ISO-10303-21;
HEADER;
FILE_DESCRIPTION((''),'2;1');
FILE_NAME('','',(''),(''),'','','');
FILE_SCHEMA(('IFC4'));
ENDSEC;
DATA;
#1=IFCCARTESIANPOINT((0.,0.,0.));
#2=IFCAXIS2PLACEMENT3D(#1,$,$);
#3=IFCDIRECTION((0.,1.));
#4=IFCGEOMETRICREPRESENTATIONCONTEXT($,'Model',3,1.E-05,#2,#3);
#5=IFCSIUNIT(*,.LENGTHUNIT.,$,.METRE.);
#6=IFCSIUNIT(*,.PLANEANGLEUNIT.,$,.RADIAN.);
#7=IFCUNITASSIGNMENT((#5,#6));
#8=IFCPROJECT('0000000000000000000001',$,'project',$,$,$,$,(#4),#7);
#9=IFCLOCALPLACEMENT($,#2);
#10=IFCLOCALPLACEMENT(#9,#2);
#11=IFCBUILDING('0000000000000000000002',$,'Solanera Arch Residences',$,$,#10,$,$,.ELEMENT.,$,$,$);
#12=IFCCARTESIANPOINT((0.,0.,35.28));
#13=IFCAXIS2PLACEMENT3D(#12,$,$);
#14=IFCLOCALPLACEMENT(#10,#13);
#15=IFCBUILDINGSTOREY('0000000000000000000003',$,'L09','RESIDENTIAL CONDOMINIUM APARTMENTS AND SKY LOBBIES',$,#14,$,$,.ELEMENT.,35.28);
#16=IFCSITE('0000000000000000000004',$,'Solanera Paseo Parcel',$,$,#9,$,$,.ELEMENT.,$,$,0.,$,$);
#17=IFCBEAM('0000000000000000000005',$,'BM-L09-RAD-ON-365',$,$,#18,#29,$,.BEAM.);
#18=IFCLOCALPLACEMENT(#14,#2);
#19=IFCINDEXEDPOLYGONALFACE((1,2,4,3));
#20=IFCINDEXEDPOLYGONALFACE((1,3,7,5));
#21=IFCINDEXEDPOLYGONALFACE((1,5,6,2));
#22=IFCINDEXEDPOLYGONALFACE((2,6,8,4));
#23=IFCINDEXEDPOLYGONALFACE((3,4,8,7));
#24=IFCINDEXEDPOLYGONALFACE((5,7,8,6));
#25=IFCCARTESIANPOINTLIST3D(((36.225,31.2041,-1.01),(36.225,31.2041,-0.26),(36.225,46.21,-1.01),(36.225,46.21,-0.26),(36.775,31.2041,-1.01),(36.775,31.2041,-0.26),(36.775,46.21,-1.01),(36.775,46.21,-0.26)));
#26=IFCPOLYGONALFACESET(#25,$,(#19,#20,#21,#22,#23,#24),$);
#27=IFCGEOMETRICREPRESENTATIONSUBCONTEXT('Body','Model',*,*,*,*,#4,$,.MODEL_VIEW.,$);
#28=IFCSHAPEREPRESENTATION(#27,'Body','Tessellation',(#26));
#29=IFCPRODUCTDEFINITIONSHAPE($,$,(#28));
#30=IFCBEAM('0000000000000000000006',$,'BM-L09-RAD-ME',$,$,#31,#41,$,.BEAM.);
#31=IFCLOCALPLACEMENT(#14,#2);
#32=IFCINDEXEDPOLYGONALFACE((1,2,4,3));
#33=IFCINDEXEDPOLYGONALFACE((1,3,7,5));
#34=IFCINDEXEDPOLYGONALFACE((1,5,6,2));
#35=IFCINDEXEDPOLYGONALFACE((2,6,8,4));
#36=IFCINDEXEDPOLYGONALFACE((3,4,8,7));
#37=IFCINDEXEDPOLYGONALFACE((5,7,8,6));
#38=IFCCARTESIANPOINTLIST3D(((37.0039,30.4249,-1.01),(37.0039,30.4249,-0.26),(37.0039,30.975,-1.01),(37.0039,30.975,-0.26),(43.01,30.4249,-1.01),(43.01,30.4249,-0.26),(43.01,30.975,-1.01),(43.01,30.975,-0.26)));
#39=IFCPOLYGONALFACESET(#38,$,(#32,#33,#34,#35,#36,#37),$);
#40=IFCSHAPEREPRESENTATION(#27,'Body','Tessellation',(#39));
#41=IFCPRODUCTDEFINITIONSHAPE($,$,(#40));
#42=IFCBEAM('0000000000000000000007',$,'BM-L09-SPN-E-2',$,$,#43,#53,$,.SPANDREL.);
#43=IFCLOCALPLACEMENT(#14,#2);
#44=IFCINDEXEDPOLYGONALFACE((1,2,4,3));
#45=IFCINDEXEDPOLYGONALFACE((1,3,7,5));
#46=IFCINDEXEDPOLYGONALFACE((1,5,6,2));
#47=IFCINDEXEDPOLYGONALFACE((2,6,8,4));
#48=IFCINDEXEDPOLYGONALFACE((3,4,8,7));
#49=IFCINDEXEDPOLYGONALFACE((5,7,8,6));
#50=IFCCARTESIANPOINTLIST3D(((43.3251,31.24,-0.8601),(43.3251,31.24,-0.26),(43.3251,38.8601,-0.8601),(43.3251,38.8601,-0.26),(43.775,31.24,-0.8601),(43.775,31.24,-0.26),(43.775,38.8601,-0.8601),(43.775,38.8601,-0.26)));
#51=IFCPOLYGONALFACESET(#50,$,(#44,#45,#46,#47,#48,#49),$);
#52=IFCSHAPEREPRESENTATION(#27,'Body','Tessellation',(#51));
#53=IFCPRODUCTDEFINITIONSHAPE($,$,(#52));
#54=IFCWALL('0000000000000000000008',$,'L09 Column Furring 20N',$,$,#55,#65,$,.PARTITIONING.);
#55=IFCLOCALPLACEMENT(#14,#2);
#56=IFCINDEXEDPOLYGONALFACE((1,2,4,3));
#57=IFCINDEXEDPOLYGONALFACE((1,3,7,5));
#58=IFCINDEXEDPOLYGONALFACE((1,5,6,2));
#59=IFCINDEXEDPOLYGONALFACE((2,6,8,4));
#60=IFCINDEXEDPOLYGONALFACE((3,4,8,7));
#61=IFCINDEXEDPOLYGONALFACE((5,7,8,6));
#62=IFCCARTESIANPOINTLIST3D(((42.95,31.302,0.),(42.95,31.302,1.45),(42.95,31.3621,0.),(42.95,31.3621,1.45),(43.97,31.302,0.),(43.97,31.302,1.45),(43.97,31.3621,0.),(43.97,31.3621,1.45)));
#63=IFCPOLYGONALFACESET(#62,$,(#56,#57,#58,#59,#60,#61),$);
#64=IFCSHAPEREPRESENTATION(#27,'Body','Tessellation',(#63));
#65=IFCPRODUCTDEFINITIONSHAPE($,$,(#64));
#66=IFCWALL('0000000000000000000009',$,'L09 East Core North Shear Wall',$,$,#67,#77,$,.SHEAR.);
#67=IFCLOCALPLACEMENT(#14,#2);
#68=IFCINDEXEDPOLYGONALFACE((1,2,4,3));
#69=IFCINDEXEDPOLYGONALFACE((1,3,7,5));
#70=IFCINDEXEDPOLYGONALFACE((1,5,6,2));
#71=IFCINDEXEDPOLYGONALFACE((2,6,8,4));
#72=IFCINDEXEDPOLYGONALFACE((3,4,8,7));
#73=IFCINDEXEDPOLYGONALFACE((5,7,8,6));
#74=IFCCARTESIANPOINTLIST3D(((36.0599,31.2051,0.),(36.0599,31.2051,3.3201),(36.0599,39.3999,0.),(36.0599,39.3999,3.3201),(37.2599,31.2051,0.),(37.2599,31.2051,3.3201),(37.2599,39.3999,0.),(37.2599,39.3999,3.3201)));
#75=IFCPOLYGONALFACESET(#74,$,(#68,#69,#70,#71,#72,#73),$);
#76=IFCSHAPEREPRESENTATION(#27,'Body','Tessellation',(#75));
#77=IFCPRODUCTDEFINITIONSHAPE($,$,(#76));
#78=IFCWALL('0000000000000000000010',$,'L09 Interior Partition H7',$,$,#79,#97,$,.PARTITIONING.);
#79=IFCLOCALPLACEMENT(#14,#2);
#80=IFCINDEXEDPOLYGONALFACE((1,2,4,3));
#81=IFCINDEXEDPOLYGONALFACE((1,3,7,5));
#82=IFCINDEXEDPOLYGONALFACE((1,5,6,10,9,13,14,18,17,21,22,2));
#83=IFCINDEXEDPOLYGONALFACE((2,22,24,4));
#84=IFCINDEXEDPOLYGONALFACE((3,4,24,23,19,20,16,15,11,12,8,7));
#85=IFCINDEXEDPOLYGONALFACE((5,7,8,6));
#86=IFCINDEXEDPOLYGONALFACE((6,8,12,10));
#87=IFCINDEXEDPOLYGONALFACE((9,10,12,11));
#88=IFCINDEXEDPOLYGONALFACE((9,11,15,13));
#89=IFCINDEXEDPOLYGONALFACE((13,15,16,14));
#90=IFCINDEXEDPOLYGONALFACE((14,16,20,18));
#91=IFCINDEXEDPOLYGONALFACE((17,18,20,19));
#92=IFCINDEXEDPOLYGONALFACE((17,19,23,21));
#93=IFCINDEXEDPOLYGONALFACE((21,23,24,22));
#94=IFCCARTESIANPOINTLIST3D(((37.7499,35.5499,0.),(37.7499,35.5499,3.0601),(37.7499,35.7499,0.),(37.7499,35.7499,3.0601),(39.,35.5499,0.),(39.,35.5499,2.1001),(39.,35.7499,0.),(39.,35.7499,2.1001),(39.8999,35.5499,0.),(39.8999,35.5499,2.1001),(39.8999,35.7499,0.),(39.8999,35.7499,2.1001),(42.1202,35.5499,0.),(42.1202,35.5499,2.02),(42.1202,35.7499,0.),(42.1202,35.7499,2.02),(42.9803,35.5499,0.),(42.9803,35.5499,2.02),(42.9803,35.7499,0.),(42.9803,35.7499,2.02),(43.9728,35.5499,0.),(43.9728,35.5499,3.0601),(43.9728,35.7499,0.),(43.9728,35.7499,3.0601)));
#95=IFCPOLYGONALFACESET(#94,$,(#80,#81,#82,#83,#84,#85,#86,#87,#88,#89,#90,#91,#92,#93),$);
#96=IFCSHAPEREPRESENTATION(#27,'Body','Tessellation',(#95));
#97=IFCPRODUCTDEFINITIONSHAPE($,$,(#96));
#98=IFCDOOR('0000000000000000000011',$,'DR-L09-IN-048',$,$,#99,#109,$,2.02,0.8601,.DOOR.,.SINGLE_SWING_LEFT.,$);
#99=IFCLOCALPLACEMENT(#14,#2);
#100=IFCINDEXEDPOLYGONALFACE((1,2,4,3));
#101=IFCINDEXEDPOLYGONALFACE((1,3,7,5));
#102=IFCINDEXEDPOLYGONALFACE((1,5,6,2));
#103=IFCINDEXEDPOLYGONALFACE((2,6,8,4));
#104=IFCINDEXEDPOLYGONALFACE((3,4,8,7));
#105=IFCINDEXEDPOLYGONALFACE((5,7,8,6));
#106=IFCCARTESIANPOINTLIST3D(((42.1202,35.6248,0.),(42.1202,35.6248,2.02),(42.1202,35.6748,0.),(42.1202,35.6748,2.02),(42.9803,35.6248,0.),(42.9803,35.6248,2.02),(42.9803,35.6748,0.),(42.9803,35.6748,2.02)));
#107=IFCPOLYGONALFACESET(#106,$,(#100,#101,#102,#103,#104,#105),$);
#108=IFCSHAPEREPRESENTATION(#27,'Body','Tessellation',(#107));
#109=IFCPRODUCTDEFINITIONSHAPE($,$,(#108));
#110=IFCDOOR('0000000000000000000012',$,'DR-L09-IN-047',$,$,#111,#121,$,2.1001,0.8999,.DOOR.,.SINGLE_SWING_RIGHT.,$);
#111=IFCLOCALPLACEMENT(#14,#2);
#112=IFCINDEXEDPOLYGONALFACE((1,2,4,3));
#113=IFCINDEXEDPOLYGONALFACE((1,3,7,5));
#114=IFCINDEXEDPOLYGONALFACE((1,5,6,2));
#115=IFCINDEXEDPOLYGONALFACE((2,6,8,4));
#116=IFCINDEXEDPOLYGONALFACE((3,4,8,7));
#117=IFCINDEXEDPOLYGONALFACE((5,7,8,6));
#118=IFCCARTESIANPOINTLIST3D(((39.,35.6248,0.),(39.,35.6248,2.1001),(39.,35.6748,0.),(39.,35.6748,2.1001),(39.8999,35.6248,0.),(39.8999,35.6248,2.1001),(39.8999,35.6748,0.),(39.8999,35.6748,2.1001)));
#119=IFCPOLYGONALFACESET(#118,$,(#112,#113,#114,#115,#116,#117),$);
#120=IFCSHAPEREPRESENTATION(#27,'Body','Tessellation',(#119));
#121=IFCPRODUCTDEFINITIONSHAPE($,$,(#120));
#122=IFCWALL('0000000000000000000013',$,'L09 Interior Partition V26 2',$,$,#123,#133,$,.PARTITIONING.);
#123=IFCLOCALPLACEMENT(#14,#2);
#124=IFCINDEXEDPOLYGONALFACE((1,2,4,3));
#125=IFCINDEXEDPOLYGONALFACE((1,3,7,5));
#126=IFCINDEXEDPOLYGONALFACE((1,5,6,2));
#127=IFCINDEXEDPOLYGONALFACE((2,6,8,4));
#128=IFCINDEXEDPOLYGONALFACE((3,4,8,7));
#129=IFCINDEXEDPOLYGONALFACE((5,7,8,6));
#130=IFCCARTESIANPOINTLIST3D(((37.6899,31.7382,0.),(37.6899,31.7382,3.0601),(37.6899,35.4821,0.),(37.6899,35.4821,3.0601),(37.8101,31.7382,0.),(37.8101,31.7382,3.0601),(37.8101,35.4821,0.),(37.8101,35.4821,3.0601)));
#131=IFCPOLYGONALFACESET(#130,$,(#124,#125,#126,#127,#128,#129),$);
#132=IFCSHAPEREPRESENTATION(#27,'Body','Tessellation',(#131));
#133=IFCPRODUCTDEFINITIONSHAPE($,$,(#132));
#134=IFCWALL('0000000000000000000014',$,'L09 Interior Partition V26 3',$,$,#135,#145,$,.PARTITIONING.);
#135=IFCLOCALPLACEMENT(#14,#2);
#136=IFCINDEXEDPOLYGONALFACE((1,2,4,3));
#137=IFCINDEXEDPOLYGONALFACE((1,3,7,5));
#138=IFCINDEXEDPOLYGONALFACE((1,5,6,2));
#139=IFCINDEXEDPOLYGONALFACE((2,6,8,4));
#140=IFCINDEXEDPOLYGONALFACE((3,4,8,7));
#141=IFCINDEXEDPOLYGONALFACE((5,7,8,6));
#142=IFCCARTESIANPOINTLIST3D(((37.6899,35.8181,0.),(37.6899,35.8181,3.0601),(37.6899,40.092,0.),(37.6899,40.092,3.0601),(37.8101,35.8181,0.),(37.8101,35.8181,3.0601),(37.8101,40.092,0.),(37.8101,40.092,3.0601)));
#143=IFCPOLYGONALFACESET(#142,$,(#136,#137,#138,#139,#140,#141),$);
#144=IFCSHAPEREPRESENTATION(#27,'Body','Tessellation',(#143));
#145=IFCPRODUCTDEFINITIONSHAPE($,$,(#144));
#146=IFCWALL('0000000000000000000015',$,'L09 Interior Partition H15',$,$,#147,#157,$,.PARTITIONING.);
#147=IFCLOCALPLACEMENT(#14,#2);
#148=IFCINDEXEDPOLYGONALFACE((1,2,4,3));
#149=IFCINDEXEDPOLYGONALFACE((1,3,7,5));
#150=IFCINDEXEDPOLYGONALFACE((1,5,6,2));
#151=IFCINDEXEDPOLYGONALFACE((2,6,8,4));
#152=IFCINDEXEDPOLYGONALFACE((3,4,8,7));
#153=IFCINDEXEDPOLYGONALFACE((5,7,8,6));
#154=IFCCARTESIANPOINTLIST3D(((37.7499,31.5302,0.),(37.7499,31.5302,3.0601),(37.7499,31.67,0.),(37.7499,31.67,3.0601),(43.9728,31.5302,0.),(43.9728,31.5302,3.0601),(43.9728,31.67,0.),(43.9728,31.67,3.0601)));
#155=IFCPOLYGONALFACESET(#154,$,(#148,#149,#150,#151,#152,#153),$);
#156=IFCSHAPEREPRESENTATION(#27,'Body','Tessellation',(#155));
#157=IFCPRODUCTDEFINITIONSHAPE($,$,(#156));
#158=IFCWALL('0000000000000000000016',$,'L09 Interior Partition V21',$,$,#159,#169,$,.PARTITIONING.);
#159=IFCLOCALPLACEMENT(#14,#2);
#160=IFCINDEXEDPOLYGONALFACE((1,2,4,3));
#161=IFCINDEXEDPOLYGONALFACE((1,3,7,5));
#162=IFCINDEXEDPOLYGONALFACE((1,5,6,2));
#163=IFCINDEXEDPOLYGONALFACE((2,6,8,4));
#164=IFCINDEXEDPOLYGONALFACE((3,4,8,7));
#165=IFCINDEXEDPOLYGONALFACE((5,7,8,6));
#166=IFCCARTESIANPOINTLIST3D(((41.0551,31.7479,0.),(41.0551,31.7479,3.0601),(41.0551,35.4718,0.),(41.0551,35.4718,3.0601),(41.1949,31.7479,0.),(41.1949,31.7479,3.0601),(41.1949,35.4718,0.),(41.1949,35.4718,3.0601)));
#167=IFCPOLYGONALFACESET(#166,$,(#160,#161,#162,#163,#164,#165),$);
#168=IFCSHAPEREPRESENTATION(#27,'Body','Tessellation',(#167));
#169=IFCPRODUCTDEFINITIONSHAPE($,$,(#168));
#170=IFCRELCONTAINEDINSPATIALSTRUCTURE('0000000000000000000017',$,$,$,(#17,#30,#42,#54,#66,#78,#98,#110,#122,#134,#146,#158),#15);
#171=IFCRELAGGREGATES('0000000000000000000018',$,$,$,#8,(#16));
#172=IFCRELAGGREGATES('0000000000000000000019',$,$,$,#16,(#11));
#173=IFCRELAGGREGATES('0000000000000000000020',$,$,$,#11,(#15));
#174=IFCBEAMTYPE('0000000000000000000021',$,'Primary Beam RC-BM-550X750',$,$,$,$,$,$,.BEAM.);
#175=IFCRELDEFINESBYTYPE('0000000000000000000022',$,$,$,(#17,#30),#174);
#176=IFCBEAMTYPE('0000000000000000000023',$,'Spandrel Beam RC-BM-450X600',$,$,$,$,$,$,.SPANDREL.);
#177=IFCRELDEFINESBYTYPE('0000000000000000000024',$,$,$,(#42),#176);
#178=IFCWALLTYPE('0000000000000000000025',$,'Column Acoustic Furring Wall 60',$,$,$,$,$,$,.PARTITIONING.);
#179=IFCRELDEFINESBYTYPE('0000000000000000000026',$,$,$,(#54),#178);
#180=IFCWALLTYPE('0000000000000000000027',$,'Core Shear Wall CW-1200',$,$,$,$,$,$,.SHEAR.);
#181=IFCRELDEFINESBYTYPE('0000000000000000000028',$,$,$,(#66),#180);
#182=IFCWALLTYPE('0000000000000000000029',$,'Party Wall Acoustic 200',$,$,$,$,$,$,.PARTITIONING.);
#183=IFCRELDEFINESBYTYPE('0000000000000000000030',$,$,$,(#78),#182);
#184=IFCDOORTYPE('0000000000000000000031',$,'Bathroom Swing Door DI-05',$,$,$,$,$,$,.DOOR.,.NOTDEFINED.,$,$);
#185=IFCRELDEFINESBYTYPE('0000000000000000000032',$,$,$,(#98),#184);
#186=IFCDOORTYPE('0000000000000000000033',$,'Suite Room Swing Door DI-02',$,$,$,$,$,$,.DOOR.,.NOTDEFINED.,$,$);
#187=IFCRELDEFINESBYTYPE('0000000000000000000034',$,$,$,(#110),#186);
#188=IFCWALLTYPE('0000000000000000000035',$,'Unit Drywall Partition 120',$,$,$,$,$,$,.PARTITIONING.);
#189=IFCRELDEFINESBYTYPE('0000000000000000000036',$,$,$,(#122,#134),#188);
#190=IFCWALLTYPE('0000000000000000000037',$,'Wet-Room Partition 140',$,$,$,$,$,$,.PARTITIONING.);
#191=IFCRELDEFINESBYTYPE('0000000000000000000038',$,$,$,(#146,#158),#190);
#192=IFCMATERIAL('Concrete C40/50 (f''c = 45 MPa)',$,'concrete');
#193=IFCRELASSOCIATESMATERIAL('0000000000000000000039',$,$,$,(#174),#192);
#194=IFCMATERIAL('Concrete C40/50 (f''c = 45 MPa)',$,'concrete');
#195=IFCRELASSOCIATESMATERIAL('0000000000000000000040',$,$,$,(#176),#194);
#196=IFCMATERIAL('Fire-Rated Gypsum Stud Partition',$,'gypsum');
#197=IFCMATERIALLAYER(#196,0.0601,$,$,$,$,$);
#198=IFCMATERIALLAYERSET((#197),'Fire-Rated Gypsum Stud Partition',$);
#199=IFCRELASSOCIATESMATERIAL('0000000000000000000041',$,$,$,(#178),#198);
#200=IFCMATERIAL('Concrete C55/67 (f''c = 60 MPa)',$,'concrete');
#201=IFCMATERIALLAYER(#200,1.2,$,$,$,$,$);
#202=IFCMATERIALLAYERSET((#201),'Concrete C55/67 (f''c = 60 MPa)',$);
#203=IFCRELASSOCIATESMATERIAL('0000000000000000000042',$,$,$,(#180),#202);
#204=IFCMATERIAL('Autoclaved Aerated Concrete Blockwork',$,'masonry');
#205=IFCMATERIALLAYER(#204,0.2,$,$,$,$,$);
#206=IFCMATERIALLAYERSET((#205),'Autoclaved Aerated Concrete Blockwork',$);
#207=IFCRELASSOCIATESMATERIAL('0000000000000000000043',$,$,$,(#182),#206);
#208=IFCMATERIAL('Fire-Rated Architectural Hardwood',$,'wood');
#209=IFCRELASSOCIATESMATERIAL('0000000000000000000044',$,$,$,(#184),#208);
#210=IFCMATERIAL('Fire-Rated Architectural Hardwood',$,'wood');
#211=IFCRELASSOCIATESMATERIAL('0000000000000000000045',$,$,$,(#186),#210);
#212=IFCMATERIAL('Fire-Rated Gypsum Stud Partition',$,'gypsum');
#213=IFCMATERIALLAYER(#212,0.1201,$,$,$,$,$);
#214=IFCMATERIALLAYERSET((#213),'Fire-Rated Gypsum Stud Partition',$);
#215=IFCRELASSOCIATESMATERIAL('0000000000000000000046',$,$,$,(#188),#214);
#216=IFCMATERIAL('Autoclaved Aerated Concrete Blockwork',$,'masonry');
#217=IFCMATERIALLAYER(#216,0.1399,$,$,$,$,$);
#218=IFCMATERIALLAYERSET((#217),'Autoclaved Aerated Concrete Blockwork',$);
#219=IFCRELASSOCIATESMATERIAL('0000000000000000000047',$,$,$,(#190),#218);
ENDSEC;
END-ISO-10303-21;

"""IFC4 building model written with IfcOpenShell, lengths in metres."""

from ifc_helpers import new_model, si_unit, direction, frame, frame_2d, origin, origin_2d, place, context, subcontext, project, spatial, rectangle, extrude, material, layer, layer_set, material_profile, profile_set, type_object, element, fill, save


model = new_model("IFC4")

# Units and contexts
model_context = context("Model", 3, precision=1e-05, world=origin(), true_north=direction((0.0, 1.0)))
body_context = subcontext(model_context, "Body", "Model", "MODEL_VIEW")
ifc_project = project(units=[si_unit("LENGTHUNIT", "METRE"), si_unit("PLANEANGLEUNIT", "RADIAN")], contexts=[model_context])

# Site, building, storey
site_placement = place(None, origin())
site = spatial("IfcSite", under=ifc_project, at=site_placement, Name="Solanera Paseo Parcel", CompositionType="ELEMENT", RefElevation=0.0)
building_placement = place(site_placement, origin())
building = spatial("IfcBuilding", under=site, at=building_placement, Name="Solanera Arch Residences", CompositionType="ELEMENT")
storey_placement = place(building_placement, frame((0.0, 0.0, 35.28)))
storey = spatial("IfcBuildingStorey", under=building, at=storey_placement, Name="L09", Description="RESIDENTIAL CONDOMINIUM APARTMENTS AND SKY LOBBIES", CompositionType="ELEMENT", Elevation=35.28)

# Beams
ifc_material_1 = material(Name="Concrete C40/50 (f'c = 45 MPa)", Category="concrete")
ifc_material_profile_1 = material_profile(ifc_material_1, rectangle(XDim=0.55, YDim=0.75, at=origin_2d()))
ifc_profile_set_1 = profile_set([ifc_material_profile_1], Name="Concrete C40/50 (f'c = 45 MPa)")
beam_type_1 = type_object("IfcBeamType", Name="Primary Beam RC-BM-550X750", PredefinedType="BEAM", material=ifc_profile_set_1)
beam_1_placement = place(storey_placement, frame((36.5, 31.2041, -0.635), z_axis=(0.0, 1.0, 0.0), x_axis=(-1.0, 0.0, 0.0)))
element("IfcBeam", 1, at=beam_1_placement, inside=storey, type_object=beam_type_1, Name="BM-L09-RAD-ON-365", PredefinedType="BEAM", context=body_context, shape_type="SweptSolid", body=[
    extrude(rectangle(XDim=0.55, YDim=0.75, at=origin_2d()), origin(), (0.0, 0.0, 1.0), 15.0059),
])
beam_2_placement = place(storey_placement, frame((37.0039, 30.7, -0.635), z_axis=(1.0, 0.0, 0.0), x_axis=(0.0, 1.0, 0.0)))
element("IfcBeam", 2, at=beam_2_placement, inside=storey, type_object=beam_type_1, Name="BM-L09-RAD-ME", PredefinedType="BEAM", context=body_context, shape_type="SweptSolid", body=[
    extrude(rectangle(XDim=0.55, YDim=0.75, at=origin_2d()), origin(), (0.0, 0.0, 1.0), 6.0061),
])
ifc_material_2 = material(Name="Concrete C40/50 (f'c = 45 MPa)", Category="concrete")
ifc_material_profile_2 = material_profile(ifc_material_2, rectangle(XDim=0.45, YDim=0.6001, at=origin_2d()))
ifc_profile_set_2 = profile_set([ifc_material_profile_2], Name="Concrete C40/50 (f'c = 45 MPa)")
beam_type_2 = type_object("IfcBeamType", Name="Spandrel Beam RC-BM-450X600", PredefinedType="SPANDREL", material=ifc_profile_set_2)
beam_3_placement = place(storey_placement, frame((43.55, 31.24, -0.5601), z_axis=(0.0, 1.0, 0.0), x_axis=(-1.0, 0.0, 0.0)))
element("IfcBeam", 3, at=beam_3_placement, inside=storey, type_object=beam_type_2, Name="BM-L09-SPN-E-2", PredefinedType="SPANDREL", context=body_context, shape_type="SweptSolid", body=[
    extrude(rectangle(XDim=0.45, YDim=0.6001, at=origin_2d()), origin(), (0.0, 0.0, 1.0), 7.6201),
])

# Walls
ifc_material_3 = material(Name="Fire-Rated Gypsum Stud Partition", Category="gypsum")
ifc_layer_1 = layer(ifc_material_3, 0.0601)
ifc_layer_set_1 = layer_set([ifc_layer_1], Name="Fire-Rated Gypsum Stud Partition")
wall_type_1 = type_object("IfcWallType", Name="Column Acoustic Furring Wall 60", PredefinedType="PARTITIONING", material=ifc_layer_set_1)
wall_1_placement = place(storey_placement, frame((42.95, 31.332, 0.0), z_axis=(0.0, 0.0, 1.0), x_axis=(1.0, 0.0, 0.0)))
element("IfcWall", 4, at=wall_1_placement, inside=storey, type_object=wall_type_1, Name="L09 Column Furring 20N", PredefinedType="PARTITIONING", context=body_context, shape_type="SweptSolid", body=[
    extrude(rectangle(XDim=1.02, YDim=0.0601, at=frame_2d((0.51, 0.0))), origin(), (0.0, 0.0, 1.0), 1.45),
])
ifc_material_4 = material(Name="Concrete C55/67 (f'c = 60 MPa)", Category="concrete")
ifc_layer_2 = layer(ifc_material_4, 1.2)
ifc_layer_set_2 = layer_set([ifc_layer_2], Name="Concrete C55/67 (f'c = 60 MPa)")
wall_type_2 = type_object("IfcWallType", Name="Core Shear Wall CW-1200", PredefinedType="SHEAR", material=ifc_layer_set_2)
wall_2_placement = place(storey_placement, frame((36.6599, 31.2051, 0.0), z_axis=(0.0, 0.0, 1.0), x_axis=(0.0, 1.0, 0.0)))
element("IfcWall", 5, at=wall_2_placement, inside=storey, type_object=wall_type_2, Name="L09 East Core North Shear Wall", PredefinedType="SHEAR", context=body_context, shape_type="SweptSolid", body=[
    extrude(rectangle(XDim=8.1948, YDim=1.2, at=frame_2d((4.0974, 0.0))), origin(), (0.0, 0.0, 1.0), 3.3201),
])

# Wall, openings, doors
ifc_material_5 = material(Name="Autoclaved Aerated Concrete Blockwork", Category="masonry")
ifc_layer_3 = layer(ifc_material_5, 0.2)
ifc_layer_set_3 = layer_set([ifc_layer_3], Name="Autoclaved Aerated Concrete Blockwork")
wall_type_3 = type_object("IfcWallType", Name="Party Wall Acoustic 200", PredefinedType="PARTITIONING", material=ifc_layer_set_3)
wall_3_placement = place(storey_placement, frame((37.75, 35.6499, 0.0), z_axis=(0.0, 0.0, 1.0), x_axis=(1.0, 0.0, 0.0)))
wall_3 = element("IfcWall", 6, at=wall_3_placement, inside=storey, type_object=wall_type_3, Name="L09 Interior Partition H7", PredefinedType="PARTITIONING", context=body_context, shape_type="SweptSolid", body=[
    extrude(rectangle(XDim=6.2229, YDim=0.2, at=frame_2d((3.1113, 0.0))), origin(), (0.0, 0.0, 1.0), 3.0601),
])
opening_1_placement = place(wall_3_placement, frame((1.25, 0.0, 0.0)))
opening_1 = element("IfcOpeningElement", 7, at=opening_1_placement, cuts=wall_3, PredefinedType="OPENING", context=body_context, shape_type="SweptSolid", body=[
    extrude(rectangle(XDim=0.8999, YDim=2.1001, at=frame_2d((0.45, 1.05))), frame((0.0, 0.1101, 0.0), z_axis=(0.0, -1.0, 0.0), x_axis=(1.0, 0.0, 0.0)), (0.0, 0.0, 1.0), 0.22),
])
opening_2_placement = place(wall_3_placement, frame((4.3701, 0.0, 0.0)))
opening_2 = element("IfcOpeningElement", 8, at=opening_2_placement, cuts=wall_3, PredefinedType="OPENING", context=body_context, shape_type="SweptSolid", body=[
    extrude(rectangle(XDim=0.8601, YDim=2.02, at=frame_2d((0.4302, 1.01))), frame((0.0, 0.1101, 0.0), z_axis=(0.0, -1.0, 0.0), x_axis=(1.0, 0.0, 0.0)), (0.0, 0.0, 1.0), 0.22),
])
ifc_material_6 = material(Name="Fire-Rated Architectural Hardwood", Category="wood")
door_type_1 = type_object("IfcDoorType", Name="Bathroom Swing Door DI-05", OperationType="NOTDEFINED", PredefinedType="DOOR", material=ifc_material_6)
door_1_placement = place(opening_2_placement, origin())
door_1 = element("IfcDoor", 9, at=door_1_placement, inside=storey, type_object=door_type_1, Name="DR-L09-IN-048", OperationType="SINGLE_SWING_LEFT", OverallHeight=2.02, OverallWidth=0.8601, PredefinedType="DOOR", context=body_context, shape_type="SweptSolid", body=[
    extrude(rectangle(XDim=0.8601, YDim=2.02, at=frame_2d((0.4302, 1.01))), frame((0.0, 0.0249, 0.0), z_axis=(0.0, -1.0, 0.0), x_axis=(1.0, 0.0, 0.0)), (0.0, 0.0, 1.0), 0.05),
])
fill(opening_2, door_1)
ifc_material_7 = material(Name="Fire-Rated Architectural Hardwood", Category="wood")
door_type_2 = type_object("IfcDoorType", Name="Suite Room Swing Door DI-02", OperationType="NOTDEFINED", PredefinedType="DOOR", material=ifc_material_7)
door_2_placement = place(opening_1_placement, origin())
door_2 = element("IfcDoor", 10, at=door_2_placement, inside=storey, type_object=door_type_2, Name="DR-L09-IN-047", OperationType="SINGLE_SWING_RIGHT", OverallHeight=2.1001, OverallWidth=0.8999, PredefinedType="DOOR", context=body_context, shape_type="SweptSolid", body=[
    extrude(rectangle(XDim=0.8999, YDim=2.1001, at=frame_2d((0.45, 1.05))), frame((0.0, 0.0249, 0.0), z_axis=(0.0, -1.0, 0.0), x_axis=(1.0, 0.0, 0.0)), (0.0, 0.0, 1.0), 0.05),
])
fill(opening_1, door_2)

# Walls
ifc_material_8 = material(Name="Fire-Rated Gypsum Stud Partition", Category="gypsum")
ifc_layer_4 = layer(ifc_material_8, 0.1201)
ifc_layer_set_4 = layer_set([ifc_layer_4], Name="Fire-Rated Gypsum Stud Partition")
wall_type_4 = type_object("IfcWallType", Name="Unit Drywall Partition 120", PredefinedType="PARTITIONING", material=ifc_layer_set_4)
wall_4_placement = place(storey_placement, frame((37.75, 31.738, 0.0), z_axis=(0.0, 0.0, 1.0), x_axis=(0.0, 1.0, 0.0)))
element("IfcWall", 11, at=wall_4_placement, inside=storey, type_object=wall_type_4, Name="L09 Interior Partition V26 2", PredefinedType="PARTITIONING", context=body_context, shape_type="SweptSolid", body=[
    extrude(rectangle(XDim=3.7439, YDim=0.1201, at=frame_2d((1.8721, 0.0))), origin(), (0.0, 0.0, 1.0), 3.0601),
])
wall_5_placement = place(storey_placement, frame((37.75, 35.8181, 0.0), z_axis=(0.0, 0.0, 1.0), x_axis=(0.0, 1.0, 0.0)))
element("IfcWall", 12, at=wall_5_placement, inside=storey, type_object=wall_type_4, Name="L09 Interior Partition V26 3", PredefinedType="PARTITIONING", context=body_context, shape_type="SweptSolid", body=[
    extrude(rectangle(XDim=4.2739, YDim=0.1201, at=frame_2d((2.137, 0.0))), origin(), (0.0, 0.0, 1.0), 3.0601),
])
ifc_material_9 = material(Name="Autoclaved Aerated Concrete Blockwork", Category="masonry")
ifc_layer_5 = layer(ifc_material_9, 0.1399)
ifc_layer_set_5 = layer_set([ifc_layer_5], Name="Autoclaved Aerated Concrete Blockwork")
wall_type_5 = type_object("IfcWallType", Name="Wet-Room Partition 140", PredefinedType="PARTITIONING", material=ifc_layer_set_5)
wall_6_placement = place(storey_placement, frame((37.75, 31.6001, 0.0), z_axis=(0.0, 0.0, 1.0), x_axis=(1.0, 0.0, 0.0)))
element("IfcWall", 13, at=wall_6_placement, inside=storey, type_object=wall_type_5, Name="L09 Interior Partition H15", PredefinedType="PARTITIONING", context=body_context, shape_type="SweptSolid", body=[
    extrude(rectangle(XDim=6.2229, YDim=0.1399, at=frame_2d((3.1113, 0.0))), origin(), (0.0, 0.0, 1.0), 3.0601),
])
wall_7_placement = place(storey_placement, frame((41.125, 31.748, 0.0), z_axis=(0.0, 0.0, 1.0), x_axis=(0.0, 1.0, 0.0)))
element("IfcWall", 14, at=wall_7_placement, inside=storey, type_object=wall_type_5, Name="L09 Interior Partition V21", PredefinedType="PARTITIONING", context=body_context, shape_type="SweptSolid", body=[
    extrude(rectangle(XDim=3.7239, YDim=0.1399, at=frame_2d((1.8618, 0.0))), origin(), (0.0, 0.0, 1.0), 3.0601),
])

save(model, "model.ifc")
